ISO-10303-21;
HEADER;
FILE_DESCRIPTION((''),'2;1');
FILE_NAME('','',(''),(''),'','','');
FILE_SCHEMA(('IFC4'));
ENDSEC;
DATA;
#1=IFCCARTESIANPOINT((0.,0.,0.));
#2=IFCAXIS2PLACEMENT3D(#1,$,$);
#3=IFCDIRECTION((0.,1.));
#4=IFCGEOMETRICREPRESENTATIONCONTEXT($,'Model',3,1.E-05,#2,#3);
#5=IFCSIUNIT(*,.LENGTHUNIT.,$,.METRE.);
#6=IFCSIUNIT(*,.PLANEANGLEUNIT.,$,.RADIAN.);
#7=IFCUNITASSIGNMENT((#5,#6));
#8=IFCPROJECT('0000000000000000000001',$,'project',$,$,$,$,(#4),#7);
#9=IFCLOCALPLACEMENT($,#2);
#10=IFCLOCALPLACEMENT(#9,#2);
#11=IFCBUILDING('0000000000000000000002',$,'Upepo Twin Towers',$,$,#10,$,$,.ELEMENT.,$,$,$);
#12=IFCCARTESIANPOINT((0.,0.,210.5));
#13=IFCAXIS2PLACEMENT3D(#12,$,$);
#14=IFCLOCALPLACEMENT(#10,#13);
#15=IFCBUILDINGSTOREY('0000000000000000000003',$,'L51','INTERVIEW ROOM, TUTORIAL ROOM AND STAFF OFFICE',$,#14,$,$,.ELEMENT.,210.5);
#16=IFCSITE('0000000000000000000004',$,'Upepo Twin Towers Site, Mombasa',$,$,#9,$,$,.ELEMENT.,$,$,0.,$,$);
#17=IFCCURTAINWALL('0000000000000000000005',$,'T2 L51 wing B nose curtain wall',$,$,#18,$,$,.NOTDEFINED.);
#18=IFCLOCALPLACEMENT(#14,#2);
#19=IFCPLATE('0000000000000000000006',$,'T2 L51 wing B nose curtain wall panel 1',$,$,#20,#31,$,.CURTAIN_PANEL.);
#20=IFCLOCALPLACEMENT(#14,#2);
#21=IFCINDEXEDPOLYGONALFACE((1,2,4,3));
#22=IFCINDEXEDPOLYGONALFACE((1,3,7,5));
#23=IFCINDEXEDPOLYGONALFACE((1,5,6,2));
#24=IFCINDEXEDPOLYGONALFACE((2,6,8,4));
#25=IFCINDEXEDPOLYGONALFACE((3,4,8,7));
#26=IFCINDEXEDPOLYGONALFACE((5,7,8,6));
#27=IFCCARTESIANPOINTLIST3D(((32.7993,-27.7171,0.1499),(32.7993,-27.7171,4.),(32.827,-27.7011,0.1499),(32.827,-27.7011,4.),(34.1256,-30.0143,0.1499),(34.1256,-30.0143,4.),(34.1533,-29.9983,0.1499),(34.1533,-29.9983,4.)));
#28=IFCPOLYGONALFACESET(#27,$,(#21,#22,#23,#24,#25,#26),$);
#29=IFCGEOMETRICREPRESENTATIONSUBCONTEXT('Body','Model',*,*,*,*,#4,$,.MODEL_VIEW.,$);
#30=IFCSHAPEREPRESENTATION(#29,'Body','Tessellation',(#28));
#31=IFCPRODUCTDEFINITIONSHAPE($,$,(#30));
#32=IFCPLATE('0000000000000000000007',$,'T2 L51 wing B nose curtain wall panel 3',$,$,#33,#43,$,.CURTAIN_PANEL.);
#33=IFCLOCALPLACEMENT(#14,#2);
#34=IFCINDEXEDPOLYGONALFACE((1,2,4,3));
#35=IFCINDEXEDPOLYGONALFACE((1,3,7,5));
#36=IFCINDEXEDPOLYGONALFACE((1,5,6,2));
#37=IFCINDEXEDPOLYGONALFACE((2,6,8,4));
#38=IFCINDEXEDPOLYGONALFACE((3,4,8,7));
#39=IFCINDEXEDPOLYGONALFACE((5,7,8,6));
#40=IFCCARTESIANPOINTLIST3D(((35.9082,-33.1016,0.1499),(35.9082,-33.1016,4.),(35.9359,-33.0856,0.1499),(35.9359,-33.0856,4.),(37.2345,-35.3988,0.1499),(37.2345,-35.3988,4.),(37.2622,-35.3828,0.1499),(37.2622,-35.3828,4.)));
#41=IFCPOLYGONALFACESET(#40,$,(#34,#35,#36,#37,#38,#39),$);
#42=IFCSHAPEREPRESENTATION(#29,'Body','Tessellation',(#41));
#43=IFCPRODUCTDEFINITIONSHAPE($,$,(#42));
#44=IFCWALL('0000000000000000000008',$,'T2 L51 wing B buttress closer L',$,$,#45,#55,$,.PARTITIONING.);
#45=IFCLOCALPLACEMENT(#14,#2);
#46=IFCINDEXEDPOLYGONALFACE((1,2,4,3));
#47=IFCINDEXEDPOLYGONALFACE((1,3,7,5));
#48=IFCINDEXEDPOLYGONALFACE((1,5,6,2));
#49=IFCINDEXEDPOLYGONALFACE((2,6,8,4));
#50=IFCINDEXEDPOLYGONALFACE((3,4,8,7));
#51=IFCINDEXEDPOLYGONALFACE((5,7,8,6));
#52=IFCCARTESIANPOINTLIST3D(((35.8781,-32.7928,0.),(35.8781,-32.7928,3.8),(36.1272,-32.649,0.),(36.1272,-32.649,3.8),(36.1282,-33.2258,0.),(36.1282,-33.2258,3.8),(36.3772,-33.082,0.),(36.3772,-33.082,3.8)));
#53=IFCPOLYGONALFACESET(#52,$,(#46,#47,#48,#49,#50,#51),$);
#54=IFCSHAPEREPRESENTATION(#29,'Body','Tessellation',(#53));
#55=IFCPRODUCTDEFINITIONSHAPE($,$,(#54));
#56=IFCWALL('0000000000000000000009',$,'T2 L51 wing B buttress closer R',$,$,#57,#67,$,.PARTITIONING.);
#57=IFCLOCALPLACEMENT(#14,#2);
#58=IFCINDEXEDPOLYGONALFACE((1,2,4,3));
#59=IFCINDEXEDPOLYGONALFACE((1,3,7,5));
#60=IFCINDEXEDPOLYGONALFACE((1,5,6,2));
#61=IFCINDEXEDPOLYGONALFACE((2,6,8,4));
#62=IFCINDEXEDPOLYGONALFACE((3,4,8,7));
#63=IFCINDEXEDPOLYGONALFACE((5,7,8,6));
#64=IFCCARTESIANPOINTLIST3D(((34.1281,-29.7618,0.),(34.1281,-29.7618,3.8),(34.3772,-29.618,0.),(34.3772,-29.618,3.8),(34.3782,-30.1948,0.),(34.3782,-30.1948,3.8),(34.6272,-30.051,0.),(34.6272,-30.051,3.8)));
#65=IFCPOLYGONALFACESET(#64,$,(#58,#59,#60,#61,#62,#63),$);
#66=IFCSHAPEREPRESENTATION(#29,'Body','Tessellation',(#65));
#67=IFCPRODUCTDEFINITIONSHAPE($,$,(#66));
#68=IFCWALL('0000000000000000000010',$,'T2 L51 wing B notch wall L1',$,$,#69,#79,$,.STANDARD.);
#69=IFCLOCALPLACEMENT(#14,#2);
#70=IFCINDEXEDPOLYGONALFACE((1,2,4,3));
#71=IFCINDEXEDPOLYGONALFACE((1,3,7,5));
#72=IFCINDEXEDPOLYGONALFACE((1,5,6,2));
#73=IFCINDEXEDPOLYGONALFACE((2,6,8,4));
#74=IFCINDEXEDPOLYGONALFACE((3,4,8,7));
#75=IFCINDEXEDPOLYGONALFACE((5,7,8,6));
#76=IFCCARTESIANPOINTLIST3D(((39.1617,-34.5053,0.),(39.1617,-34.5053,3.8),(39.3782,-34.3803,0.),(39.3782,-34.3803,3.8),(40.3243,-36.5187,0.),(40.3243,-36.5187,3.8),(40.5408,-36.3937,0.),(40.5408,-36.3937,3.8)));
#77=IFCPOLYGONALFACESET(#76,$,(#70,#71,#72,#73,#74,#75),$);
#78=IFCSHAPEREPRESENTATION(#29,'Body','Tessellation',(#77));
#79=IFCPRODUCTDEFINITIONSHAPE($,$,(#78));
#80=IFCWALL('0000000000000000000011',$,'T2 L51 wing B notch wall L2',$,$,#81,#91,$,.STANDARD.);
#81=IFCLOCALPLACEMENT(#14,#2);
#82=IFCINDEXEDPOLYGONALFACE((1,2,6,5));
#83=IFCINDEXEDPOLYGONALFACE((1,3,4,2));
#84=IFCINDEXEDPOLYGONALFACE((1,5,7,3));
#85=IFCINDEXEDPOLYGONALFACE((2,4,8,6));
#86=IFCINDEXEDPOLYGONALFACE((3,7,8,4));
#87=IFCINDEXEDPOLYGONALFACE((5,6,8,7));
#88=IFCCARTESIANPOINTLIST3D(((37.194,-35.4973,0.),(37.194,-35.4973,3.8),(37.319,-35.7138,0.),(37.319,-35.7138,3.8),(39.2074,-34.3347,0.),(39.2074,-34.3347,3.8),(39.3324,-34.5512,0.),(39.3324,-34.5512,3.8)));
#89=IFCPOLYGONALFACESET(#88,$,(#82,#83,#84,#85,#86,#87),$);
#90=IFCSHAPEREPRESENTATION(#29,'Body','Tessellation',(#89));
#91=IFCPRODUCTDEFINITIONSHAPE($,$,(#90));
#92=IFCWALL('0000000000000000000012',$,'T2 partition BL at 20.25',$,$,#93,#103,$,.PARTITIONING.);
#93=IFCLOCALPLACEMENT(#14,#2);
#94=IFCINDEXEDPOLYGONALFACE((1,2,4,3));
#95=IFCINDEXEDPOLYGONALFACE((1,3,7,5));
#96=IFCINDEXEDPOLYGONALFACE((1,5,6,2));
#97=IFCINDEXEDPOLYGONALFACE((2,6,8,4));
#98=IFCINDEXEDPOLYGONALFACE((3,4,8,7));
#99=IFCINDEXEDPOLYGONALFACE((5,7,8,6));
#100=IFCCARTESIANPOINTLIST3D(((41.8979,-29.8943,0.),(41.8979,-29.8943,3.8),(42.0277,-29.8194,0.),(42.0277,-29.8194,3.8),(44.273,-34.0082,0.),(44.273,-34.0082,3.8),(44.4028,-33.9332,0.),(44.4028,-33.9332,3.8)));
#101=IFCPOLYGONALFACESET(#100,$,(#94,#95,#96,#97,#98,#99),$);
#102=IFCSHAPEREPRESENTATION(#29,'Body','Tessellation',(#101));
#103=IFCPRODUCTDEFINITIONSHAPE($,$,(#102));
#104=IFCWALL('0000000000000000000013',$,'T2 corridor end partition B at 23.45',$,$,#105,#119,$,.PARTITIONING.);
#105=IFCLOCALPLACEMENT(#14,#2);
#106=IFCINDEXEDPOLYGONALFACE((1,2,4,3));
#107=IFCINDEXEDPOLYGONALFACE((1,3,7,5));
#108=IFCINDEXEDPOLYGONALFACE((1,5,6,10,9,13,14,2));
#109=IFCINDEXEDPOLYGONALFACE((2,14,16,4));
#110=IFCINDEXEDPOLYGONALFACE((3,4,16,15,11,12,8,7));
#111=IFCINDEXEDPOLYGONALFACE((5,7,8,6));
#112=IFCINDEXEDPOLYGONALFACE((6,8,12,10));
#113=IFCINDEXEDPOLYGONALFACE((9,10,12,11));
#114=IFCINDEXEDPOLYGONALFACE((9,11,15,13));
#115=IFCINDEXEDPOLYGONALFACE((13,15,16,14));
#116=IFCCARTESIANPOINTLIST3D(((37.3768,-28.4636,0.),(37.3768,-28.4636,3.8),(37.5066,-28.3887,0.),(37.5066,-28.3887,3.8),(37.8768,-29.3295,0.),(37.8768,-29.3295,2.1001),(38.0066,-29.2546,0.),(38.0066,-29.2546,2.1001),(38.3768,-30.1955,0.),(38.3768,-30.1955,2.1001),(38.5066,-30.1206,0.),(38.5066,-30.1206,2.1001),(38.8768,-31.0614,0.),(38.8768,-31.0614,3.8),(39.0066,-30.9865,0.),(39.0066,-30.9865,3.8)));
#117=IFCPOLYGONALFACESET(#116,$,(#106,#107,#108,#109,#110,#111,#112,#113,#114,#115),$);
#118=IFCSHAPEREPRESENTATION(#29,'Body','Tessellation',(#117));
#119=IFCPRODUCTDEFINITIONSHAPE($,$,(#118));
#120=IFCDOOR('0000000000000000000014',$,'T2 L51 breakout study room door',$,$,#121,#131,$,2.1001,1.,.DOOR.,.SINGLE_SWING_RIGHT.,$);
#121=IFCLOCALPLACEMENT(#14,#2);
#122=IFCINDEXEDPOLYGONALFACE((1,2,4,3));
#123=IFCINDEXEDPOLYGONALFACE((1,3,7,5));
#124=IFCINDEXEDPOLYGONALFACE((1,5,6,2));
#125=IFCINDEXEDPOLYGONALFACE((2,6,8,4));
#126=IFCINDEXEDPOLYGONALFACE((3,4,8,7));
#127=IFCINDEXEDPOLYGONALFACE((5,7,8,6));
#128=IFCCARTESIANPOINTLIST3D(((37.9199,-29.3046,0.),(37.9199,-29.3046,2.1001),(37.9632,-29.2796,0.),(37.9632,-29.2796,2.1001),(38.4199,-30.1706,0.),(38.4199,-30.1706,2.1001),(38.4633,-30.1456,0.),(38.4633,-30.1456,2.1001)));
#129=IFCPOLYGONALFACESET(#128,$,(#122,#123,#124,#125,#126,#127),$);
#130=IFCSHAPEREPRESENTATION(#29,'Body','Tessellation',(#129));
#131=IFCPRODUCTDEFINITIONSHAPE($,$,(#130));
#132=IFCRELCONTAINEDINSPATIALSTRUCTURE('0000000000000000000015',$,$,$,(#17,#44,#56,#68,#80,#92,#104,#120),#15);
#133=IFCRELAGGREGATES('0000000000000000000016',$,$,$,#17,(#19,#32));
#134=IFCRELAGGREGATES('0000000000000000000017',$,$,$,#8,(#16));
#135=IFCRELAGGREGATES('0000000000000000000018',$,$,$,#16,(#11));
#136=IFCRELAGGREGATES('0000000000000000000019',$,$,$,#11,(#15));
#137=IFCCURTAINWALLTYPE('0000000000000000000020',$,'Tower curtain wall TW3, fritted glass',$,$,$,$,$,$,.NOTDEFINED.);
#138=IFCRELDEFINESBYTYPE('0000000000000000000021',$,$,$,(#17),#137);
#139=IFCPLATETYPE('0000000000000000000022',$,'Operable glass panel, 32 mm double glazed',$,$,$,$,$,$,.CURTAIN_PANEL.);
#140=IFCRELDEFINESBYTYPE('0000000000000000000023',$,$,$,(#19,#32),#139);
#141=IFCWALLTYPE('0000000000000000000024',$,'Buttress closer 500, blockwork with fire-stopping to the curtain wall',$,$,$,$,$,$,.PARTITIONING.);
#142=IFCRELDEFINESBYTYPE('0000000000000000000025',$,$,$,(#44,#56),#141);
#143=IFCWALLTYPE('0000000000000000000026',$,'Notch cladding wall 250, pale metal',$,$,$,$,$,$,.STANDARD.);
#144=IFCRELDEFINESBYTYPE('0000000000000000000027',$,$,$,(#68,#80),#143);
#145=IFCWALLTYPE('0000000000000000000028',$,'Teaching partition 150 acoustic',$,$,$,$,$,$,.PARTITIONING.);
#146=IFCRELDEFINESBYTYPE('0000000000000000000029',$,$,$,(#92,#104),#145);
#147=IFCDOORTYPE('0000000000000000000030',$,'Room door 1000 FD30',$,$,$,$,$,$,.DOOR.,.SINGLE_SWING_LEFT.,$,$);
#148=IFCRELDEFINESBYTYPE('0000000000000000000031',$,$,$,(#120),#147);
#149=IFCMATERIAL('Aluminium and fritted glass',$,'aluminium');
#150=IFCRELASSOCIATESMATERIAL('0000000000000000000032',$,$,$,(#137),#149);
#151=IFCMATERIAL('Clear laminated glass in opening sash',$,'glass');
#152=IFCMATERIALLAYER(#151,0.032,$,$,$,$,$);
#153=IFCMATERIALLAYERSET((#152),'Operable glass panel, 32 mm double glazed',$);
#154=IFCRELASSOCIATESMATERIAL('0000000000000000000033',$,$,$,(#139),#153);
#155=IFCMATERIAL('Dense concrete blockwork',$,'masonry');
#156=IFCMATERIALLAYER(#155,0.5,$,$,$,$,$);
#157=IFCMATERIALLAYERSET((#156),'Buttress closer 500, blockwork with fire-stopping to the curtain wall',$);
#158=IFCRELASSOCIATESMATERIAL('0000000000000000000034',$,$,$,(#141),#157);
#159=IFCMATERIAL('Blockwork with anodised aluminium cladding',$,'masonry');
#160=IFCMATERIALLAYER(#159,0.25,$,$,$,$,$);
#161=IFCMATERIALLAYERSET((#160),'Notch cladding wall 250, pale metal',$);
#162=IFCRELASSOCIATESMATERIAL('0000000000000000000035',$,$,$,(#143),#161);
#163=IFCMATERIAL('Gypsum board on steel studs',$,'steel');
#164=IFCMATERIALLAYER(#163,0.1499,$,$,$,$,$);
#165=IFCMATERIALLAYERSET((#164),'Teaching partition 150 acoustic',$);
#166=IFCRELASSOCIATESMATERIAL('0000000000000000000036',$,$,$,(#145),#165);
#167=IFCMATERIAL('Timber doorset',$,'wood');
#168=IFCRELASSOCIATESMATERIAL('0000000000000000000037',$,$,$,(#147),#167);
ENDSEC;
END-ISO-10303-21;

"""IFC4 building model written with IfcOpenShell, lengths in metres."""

from ifc_helpers import new_model, si_unit, direction, frame, frame_2d, origin, origin_2d, place, context, subcontext, project, spatial, rectangle, extrude, material, layer, layer_set, type_object, element, fill, aggregate, save


model = new_model("IFC4")

# Units and contexts
model_context = context("Model", 3, precision=1e-05, world=origin(), true_north=direction((0.0, 1.0)))
body_context = subcontext(model_context, "Body", "Model", "MODEL_VIEW")
ifc_project = project(units=[si_unit("LENGTHUNIT", "METRE"), si_unit("PLANEANGLEUNIT", "RADIAN")], contexts=[model_context])

# Site, building, storey
site_placement = place(None, origin())
site = spatial("IfcSite", under=ifc_project, at=site_placement, Name="Upepo Twin Towers Site, Mombasa", CompositionType="ELEMENT", RefElevation=0.0)
building_placement = place(site_placement, origin())
building = spatial("IfcBuilding", under=site, at=building_placement, Name="Upepo Twin Towers", CompositionType="ELEMENT")
storey_placement = place(building_placement, frame((0.0, 0.0, 210.5)))
storey = spatial("IfcBuildingStorey", under=building, at=storey_placement, Name="L51", Description="INTERVIEW ROOM, TUTORIAL ROOM AND STAFF OFFICE", CompositionType="ELEMENT", Elevation=210.5)

# Shared definitions
ifc_material_1 = material(Name="Aluminium and fritted glass", Category="aluminium")
curtain_wall_type = type_object("IfcCurtainWallType", Name="Tower curtain wall TW3, fritted glass", PredefinedType="NOTDEFINED", material=ifc_material_1)

# Curtain wall
curtain_wall_1_placement = place(storey_placement, origin())
curtain_wall_1 = element("IfcCurtainWall", 1, at=curtain_wall_1_placement, inside=storey, type_object=curtain_wall_type, Name="T2 L51 wing B nose curtain wall", PredefinedType="NOTDEFINED")

# Plates
ifc_material_2 = material(Name="Clear laminated glass in opening sash", Category="glass")
ifc_layer_1 = layer(ifc_material_2, 0.032)
ifc_layer_set_1 = layer_set([ifc_layer_1], Name="Operable glass panel, 32 mm double glazed")
plate_type_1 = type_object("IfcPlateType", Name="Operable glass panel, 32 mm double glazed", PredefinedType="CURTAIN_PANEL", material=ifc_layer_set_1)
plate_1_placement = place(storey_placement, frame((33.4763, -28.8577, 0.1499), z_axis=(0.0, 0.0, 1.0), x_axis=(0.5, -0.866025, 0.0)))
plate_1 = element("IfcPlate", 2, at=plate_1_placement, type_object=plate_type_1, Name="T2 L51 wing B nose curtain wall panel 1", PredefinedType="CURTAIN_PANEL", context=body_context, shape_type="SweptSolid", body=[
    extrude(rectangle(XDim=2.6526, YDim=0.032, at=origin_2d()), origin(), (0.0, 0.0, 1.0), 3.8501),
])
plate_2_placement = place(storey_placement, frame((36.5852, -34.2422, 0.1499), z_axis=(0.0, 0.0, 1.0), x_axis=(0.5, -0.866025, 0.0)))
plate_2 = element("IfcPlate", 3, at=plate_2_placement, type_object=plate_type_1, Name="T2 L51 wing B nose curtain wall panel 3", PredefinedType="CURTAIN_PANEL", context=body_context, shape_type="SweptSolid", body=[
    extrude(rectangle(XDim=2.6526, YDim=0.032, at=origin_2d()), origin(), (0.0, 0.0, 1.0), 3.8501),
])
aggregate(curtain_wall_1, [plate_1, plate_2])

# Walls
ifc_material_3 = material(Name="Dense concrete blockwork", Category="masonry")
ifc_layer_2 = layer(ifc_material_3, 0.5)
ifc_layer_set_2 = layer_set([ifc_layer_2], Name="Buttress closer 500, blockwork with fire-stopping to the curtain wall")
wall_type_1 = type_object("IfcWallType", Name="Buttress closer 500, blockwork with fire-stopping to the curtain wall", PredefinedType="PARTITIONING", material=ifc_layer_set_2)
for number, where, z_axis, x_axis, name in (
    (4, (36.2522, -32.8655, 0.0), (0.0, 0.0, 1.0), (-0.865988, -0.500065, 0.0), "T2 L51 wing B buttress closer L"),
    (5, (34.5022, -29.8345, 0.0), (0.0, 0.0, 1.0), (-0.865988, -0.500065, 0.0), "T2 L51 wing B buttress closer R"),
):
    element("IfcWall", number, at=place(storey_placement, frame(where, z_axis=z_axis, x_axis=x_axis)), inside=storey, type_object=wall_type_1, Name=name, PredefinedType="PARTITIONING", context=body_context, shape_type="SweptSolid", body=[
        extrude(rectangle(XDim=0.2876, YDim=0.5, at=frame_2d((0.1438, 0.0))), origin(), (0.0, 0.0, 1.0), 3.8),
    ])
ifc_material_4 = material(Name="Blockwork with anodised aluminium cladding", Category="masonry")
ifc_layer_3 = layer(ifc_material_4, 0.25)
ifc_layer_set_3 = layer_set([ifc_layer_3], Name="Notch cladding wall 250, pale metal")
wall_type_2 = type_object("IfcWallType", Name="Notch cladding wall 250, pale metal", PredefinedType="STANDARD", material=ifc_layer_set_3)
for number, where, z_axis, x_axis, name in (
    (6, (40.4326, -36.4563, 0.0), (0.0, 0.0, 1.0), (-0.500047, 0.865998, 0.0), "T2 L51 wing B notch wall L1"),
    (7, (39.27, -34.4429, 0.0), (0.0, 0.0, 1.0), (-0.865998, -0.500047, 0.0), "T2 L51 wing B notch wall L2"),
):
    element("IfcWall", number, at=place(storey_placement, frame(where, z_axis=z_axis, x_axis=x_axis)), inside=storey, type_object=wall_type_2, Name=name, PredefinedType="STANDARD", context=body_context, shape_type="SweptSolid", body=[
        extrude(rectangle(XDim=2.325, YDim=0.25, at=frame_2d((1.1626, 0.0))), origin(), (0.0, 0.0, 1.0), 3.8),
    ])
ifc_material_5 = material(Name="Gypsum board on steel studs", Category="steel")
ifc_layer_4 = layer(ifc_material_5, 0.1499)
ifc_layer_set_4 = layer_set([ifc_layer_4], Name="Teaching partition 150 acoustic")
wall_type_3 = type_object("IfcWallType", Name="Teaching partition 150 acoustic", PredefinedType="PARTITIONING", material=ifc_layer_set_4)
wall_1_placement = place(storey_placement, frame((41.9629, -29.8569, 0.0), z_axis=(0.0, 0.0, 1.0), x_axis=(0.499986, -0.866033, 0.0)))
element("IfcWall", 8, at=wall_1_placement, inside=storey, type_object=wall_type_3, Name="T2 partition BL at 20.25", PredefinedType="PARTITIONING", context=body_context, shape_type="SweptSolid", body=[
    extrude(rectangle(XDim=4.7502, YDim=0.1499, at=frame_2d((2.375, 0.0))), origin(), (0.0, 0.0, 1.0), 3.8),
])

# Wall, opening, door
wall_2_placement = place(storey_placement, frame((37.4417, -28.426, 0.0), z_axis=(0.0, 0.0, 1.0), x_axis=(0.500025, -0.866011, 0.0)))
wall_2 = element("IfcWall", 9, at=wall_2_placement, inside=storey, type_object=wall_type_3, Name="T2 corridor end partition B at 23.45", PredefinedType="PARTITIONING", context=body_context, shape_type="SweptSolid", body=[
    extrude(rectangle(XDim=2.9998, YDim=0.1499, at=frame_2d((1.5, 0.0))), origin(), (0.0, 0.0, 1.0), 3.8),
])
opening_placement = place(wall_2_placement, frame((1.0, 0.0, 0.0)))
opening = element("IfcOpeningElement", 10, at=opening_placement, cuts=wall_2, PredefinedType="OPENING", context=body_context, shape_type="SweptSolid", body=[
    extrude(rectangle(XDim=1.0, YDim=2.1001, at=frame_2d((0.5, 1.05))), frame((0.0, 0.085, 0.0), z_axis=(0.0, -1.0, 0.0), x_axis=(1.0, 0.0, 0.0)), (0.0, 0.0, 1.0), 0.1699),
])
ifc_material_6 = material(Name="Timber doorset", Category="wood")
door_type = type_object("IfcDoorType", Name="Room door 1000 FD30", OperationType="SINGLE_SWING_LEFT", PredefinedType="DOOR", material=ifc_material_6)
door_placement = place(opening_placement, origin())
door = element("IfcDoor", 11, at=door_placement, inside=storey, type_object=door_type, Name="T2 L51 breakout study room door", OperationType="SINGLE_SWING_RIGHT", OverallHeight=2.1001, OverallWidth=1.0, PredefinedType="DOOR", context=body_context, shape_type="SweptSolid", body=[
    extrude(rectangle(XDim=1.0, YDim=2.1001, at=frame_2d((0.5, 1.05))), frame((0.0, 0.0249, 0.0), z_axis=(0.0, -1.0, 0.0), x_axis=(1.0, 0.0, 0.0)), (0.0, 0.0, 1.0), 0.05),
])
fill(opening, door)

save(model, "model.ifc")
